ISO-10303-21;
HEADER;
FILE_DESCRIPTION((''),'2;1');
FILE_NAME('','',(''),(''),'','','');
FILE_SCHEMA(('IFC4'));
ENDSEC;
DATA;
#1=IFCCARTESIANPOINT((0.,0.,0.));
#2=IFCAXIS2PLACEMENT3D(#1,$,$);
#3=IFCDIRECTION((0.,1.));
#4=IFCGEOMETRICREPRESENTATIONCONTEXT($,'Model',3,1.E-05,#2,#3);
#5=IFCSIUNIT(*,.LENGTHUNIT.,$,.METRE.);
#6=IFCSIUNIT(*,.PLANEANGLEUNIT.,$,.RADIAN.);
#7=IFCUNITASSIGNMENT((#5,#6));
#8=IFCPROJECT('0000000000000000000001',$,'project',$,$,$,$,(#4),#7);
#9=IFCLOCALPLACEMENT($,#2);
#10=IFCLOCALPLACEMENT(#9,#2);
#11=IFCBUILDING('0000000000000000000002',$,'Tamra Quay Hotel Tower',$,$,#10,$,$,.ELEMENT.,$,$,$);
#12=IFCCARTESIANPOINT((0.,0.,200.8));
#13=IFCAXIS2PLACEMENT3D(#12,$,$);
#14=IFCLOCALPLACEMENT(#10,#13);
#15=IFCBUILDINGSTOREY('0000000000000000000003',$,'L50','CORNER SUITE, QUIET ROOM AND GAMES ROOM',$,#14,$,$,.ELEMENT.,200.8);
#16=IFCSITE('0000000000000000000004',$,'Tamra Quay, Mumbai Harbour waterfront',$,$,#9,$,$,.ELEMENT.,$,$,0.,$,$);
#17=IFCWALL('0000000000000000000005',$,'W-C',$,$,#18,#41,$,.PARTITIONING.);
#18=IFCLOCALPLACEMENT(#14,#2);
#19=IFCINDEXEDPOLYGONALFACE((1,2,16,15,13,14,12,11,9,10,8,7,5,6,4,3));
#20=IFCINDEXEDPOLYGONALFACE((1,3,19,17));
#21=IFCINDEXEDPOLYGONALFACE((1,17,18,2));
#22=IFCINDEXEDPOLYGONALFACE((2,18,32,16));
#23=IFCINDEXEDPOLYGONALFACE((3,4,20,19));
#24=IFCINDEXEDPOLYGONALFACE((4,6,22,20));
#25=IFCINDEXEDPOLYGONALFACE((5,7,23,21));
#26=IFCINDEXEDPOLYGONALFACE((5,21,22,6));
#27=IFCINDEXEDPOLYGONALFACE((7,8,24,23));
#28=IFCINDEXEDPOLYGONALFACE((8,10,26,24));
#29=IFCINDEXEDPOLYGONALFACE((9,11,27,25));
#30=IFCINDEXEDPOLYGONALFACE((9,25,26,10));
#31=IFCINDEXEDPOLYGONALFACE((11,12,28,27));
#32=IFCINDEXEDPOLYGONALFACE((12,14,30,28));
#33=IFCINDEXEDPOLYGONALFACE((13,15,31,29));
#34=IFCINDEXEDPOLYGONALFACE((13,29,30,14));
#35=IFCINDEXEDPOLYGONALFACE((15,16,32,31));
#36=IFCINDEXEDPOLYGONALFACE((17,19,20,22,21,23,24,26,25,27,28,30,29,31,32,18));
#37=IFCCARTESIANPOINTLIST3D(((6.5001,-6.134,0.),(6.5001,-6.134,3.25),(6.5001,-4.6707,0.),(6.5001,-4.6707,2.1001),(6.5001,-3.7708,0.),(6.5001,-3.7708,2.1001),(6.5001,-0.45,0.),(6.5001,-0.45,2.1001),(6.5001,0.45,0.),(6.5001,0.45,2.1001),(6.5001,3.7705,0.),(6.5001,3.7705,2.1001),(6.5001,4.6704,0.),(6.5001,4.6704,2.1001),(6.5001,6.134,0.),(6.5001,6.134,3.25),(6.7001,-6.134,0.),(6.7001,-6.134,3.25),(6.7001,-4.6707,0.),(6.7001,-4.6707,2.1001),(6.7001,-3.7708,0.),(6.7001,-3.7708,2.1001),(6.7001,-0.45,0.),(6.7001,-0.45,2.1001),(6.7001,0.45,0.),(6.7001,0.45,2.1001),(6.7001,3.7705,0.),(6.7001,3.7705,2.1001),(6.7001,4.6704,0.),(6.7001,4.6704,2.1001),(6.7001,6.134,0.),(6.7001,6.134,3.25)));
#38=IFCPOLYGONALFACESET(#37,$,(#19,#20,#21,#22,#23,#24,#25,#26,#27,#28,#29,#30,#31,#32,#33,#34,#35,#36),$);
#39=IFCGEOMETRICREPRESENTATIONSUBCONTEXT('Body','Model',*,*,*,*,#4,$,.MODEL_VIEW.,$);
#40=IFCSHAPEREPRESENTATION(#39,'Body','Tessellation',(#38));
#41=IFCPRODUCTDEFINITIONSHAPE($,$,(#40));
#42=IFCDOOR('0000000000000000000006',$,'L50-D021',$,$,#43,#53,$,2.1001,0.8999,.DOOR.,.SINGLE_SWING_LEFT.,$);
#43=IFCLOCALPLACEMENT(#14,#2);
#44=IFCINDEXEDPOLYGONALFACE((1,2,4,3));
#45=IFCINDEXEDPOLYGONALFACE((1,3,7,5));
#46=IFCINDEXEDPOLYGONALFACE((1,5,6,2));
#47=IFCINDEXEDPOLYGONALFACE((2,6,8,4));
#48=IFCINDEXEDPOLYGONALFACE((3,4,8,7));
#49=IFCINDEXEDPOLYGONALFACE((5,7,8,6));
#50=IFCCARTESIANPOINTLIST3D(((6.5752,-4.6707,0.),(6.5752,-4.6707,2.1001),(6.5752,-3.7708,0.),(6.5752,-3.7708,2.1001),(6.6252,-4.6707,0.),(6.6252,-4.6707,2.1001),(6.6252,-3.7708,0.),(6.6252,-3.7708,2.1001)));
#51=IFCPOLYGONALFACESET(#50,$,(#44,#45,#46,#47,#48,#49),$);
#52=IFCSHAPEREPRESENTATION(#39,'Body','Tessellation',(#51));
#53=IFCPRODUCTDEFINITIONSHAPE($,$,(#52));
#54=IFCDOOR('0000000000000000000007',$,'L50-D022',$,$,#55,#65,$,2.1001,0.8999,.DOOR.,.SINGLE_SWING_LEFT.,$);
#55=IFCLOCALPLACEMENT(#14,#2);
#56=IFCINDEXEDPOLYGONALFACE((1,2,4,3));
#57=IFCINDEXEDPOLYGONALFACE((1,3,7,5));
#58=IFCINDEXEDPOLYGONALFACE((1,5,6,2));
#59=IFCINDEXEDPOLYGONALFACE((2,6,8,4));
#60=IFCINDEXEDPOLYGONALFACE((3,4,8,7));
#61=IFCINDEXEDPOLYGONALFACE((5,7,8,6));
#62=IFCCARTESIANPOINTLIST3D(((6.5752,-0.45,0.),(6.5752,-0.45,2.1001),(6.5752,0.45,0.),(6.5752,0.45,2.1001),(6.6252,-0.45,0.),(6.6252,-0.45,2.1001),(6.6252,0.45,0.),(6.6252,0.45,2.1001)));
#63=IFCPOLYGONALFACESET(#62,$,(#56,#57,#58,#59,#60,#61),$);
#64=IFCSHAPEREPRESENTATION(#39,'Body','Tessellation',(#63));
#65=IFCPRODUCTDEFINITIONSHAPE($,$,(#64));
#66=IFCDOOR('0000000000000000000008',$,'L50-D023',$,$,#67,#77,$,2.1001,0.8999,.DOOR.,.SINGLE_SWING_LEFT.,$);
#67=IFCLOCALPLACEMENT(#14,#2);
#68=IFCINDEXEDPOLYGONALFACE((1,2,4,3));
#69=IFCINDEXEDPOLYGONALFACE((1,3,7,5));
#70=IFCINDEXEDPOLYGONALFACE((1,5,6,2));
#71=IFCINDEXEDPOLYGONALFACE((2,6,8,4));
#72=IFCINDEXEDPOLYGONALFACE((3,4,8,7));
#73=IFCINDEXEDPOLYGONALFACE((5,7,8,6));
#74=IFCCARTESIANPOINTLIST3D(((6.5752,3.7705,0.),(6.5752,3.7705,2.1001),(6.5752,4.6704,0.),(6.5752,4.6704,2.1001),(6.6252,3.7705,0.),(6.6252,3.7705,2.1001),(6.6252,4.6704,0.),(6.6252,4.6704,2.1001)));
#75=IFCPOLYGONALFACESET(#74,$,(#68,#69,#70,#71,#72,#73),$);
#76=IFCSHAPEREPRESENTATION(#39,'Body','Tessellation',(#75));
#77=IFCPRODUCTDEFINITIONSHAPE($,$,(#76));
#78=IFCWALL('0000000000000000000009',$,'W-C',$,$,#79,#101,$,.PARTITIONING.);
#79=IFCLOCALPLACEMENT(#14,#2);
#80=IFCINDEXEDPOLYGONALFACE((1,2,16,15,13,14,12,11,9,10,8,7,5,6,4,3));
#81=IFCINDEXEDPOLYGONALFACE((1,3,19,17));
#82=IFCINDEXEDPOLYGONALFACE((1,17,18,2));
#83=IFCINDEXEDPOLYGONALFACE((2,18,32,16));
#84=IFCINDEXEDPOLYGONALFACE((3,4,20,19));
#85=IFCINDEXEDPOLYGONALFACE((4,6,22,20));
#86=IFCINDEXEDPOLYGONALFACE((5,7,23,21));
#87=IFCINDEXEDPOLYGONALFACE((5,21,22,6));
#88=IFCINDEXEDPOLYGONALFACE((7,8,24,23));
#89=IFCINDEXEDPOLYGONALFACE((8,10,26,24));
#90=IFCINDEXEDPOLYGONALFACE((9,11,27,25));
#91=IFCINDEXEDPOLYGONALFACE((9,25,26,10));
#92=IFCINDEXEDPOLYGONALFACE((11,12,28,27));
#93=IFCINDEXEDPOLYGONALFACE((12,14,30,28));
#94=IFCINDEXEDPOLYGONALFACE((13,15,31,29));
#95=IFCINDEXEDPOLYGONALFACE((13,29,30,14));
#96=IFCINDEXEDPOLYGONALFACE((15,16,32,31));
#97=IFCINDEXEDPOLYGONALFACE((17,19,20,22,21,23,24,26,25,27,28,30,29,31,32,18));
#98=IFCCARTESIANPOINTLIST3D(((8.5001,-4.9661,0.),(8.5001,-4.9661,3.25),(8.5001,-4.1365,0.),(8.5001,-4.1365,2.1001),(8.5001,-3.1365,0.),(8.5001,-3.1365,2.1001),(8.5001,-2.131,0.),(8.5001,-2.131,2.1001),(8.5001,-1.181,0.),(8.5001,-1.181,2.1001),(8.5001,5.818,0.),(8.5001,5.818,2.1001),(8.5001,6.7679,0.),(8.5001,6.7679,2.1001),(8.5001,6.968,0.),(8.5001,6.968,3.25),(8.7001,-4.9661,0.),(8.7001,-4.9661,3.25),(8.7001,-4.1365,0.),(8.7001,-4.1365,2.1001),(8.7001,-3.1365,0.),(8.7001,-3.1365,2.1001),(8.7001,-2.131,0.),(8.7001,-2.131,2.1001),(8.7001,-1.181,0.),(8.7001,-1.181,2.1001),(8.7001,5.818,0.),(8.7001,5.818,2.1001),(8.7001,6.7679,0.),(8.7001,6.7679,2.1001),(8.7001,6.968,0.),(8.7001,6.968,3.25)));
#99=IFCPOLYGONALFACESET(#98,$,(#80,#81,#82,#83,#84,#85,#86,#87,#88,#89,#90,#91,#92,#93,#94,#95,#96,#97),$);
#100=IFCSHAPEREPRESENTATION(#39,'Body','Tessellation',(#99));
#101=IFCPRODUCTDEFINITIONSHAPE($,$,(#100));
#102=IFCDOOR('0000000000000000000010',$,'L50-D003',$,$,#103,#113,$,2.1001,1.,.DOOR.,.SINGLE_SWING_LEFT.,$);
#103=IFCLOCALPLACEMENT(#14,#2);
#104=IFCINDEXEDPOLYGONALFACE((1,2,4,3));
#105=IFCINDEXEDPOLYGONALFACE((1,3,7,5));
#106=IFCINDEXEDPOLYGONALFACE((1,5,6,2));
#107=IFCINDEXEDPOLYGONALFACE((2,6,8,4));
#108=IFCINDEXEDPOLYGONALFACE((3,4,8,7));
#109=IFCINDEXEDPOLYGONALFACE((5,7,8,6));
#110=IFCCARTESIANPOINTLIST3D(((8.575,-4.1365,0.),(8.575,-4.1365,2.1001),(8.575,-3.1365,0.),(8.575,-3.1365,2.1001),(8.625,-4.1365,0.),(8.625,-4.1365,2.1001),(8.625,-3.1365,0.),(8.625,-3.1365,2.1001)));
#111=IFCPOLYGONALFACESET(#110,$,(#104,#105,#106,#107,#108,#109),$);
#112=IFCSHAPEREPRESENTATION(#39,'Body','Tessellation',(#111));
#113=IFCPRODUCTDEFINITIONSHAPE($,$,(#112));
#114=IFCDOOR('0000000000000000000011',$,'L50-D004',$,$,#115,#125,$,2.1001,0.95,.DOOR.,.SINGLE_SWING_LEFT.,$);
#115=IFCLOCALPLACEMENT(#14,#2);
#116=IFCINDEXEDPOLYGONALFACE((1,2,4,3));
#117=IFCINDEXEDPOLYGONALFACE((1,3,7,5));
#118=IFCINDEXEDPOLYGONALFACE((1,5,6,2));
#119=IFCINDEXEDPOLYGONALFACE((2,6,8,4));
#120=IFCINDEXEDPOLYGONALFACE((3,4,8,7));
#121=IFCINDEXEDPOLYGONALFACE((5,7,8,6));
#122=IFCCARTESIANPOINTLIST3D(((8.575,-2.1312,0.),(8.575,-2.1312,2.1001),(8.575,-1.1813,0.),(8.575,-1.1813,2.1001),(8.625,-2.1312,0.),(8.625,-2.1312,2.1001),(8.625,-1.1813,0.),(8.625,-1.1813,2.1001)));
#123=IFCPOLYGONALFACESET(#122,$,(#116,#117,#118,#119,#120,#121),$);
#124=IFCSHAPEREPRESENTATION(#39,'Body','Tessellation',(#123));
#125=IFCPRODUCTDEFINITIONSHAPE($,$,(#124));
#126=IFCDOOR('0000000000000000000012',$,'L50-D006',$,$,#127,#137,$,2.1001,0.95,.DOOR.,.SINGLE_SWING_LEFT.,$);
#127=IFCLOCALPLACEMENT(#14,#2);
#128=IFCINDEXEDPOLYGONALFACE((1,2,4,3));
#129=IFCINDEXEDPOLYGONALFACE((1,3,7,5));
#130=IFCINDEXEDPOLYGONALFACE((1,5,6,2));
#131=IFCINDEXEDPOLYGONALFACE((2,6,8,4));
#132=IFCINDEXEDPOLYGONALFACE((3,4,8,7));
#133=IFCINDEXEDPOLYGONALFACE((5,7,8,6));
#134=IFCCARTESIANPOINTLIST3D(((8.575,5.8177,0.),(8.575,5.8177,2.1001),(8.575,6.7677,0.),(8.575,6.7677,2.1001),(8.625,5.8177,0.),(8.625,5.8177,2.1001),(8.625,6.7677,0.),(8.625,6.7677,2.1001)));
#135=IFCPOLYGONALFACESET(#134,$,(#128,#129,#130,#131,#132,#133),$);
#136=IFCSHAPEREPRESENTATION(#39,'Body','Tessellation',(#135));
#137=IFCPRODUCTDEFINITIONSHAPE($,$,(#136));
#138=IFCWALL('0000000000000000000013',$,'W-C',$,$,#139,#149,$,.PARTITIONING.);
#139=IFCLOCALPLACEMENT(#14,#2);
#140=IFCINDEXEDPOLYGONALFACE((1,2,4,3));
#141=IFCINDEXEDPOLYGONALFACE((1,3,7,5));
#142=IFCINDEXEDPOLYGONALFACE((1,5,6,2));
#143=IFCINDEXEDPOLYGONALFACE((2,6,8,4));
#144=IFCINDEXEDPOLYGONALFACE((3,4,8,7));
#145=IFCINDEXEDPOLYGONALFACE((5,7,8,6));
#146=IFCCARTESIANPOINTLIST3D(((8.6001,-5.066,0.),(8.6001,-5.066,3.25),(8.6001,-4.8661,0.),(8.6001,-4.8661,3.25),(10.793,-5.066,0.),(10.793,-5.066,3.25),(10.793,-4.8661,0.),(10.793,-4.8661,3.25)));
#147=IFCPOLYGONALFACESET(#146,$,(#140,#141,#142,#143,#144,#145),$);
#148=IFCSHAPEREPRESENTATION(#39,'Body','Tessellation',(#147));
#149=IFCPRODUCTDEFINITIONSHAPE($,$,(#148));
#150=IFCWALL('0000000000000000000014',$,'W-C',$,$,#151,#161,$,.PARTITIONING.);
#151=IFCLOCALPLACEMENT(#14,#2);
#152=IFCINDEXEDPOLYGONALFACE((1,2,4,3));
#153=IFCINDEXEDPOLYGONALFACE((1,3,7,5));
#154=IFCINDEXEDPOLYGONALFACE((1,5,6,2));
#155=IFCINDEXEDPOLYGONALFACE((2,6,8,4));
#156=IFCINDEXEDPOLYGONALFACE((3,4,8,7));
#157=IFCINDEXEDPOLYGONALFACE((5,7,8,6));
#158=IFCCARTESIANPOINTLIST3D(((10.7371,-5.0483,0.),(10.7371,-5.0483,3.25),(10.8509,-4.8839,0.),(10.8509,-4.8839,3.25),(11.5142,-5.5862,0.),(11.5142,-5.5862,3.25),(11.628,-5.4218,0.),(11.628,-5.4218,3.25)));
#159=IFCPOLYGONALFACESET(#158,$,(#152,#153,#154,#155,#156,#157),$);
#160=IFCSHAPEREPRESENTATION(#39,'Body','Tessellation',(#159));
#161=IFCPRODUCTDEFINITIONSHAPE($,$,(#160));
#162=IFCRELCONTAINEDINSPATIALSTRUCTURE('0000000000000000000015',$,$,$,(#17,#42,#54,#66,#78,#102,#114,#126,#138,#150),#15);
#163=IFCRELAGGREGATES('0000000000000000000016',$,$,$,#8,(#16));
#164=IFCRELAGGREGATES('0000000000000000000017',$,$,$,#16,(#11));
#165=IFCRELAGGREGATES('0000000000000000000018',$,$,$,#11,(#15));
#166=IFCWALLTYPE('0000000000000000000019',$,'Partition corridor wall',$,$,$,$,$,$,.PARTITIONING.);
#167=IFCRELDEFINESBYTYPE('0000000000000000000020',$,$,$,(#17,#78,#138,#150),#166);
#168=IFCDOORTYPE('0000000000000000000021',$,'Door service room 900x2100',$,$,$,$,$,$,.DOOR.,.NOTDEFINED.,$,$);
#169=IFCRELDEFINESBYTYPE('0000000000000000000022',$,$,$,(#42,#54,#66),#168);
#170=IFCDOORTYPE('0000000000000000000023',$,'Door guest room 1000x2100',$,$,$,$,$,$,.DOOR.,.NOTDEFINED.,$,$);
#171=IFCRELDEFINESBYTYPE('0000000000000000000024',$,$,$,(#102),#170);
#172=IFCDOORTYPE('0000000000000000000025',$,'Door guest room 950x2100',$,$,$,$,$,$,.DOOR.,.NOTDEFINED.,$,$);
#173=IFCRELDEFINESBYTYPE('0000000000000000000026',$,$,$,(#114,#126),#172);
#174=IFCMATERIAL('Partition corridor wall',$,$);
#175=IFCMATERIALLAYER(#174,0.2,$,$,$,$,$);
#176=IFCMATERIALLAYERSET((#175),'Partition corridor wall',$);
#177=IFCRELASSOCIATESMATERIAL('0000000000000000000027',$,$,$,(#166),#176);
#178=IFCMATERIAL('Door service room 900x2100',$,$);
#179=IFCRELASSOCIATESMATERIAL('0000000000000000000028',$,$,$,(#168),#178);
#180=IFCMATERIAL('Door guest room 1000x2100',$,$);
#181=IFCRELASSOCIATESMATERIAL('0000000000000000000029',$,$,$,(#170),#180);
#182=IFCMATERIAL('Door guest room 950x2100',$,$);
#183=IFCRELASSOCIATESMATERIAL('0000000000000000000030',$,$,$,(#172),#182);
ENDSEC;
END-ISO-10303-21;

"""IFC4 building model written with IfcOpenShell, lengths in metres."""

from ifc_helpers import new_model, si_unit, direction, frame, frame_2d, origin, place, context, subcontext, project, spatial, rectangle, extrude, material, layer, layer_set, type_object, element, fill, save


model = new_model("IFC4")

# Units and contexts
model_context = context("Model", 3, precision=1e-05, world=origin(), true_north=direction((0.0, 1.0)))
body_context = subcontext(model_context, "Body", "Model", "MODEL_VIEW")
ifc_project = project(units=[si_unit("LENGTHUNIT", "METRE"), si_unit("PLANEANGLEUNIT", "RADIAN")], contexts=[model_context])

# Site, building, storey
site_placement = place(None, origin())
site = spatial("IfcSite", under=ifc_project, at=site_placement, Name="Tamra Quay, Mumbai Harbour waterfront", CompositionType="ELEMENT", RefElevation=0.0)
building_placement = place(site_placement, origin())
building = spatial("IfcBuilding", under=site, at=building_placement, Name="Tamra Quay Hotel Tower", CompositionType="ELEMENT")
storey_placement = place(building_placement, frame((0.0, 0.0, 200.8)))
storey = spatial("IfcBuildingStorey", under=building, at=storey_placement, Name="L50", Description="CORNER SUITE, QUIET ROOM AND GAMES ROOM", CompositionType="ELEMENT", Elevation=200.8)

# Shared definitions
ifc_material_1 = material(Name="Partition corridor wall")
ifc_layer_1 = layer(ifc_material_1, 0.2)
ifc_layer_set_1 = layer_set([ifc_layer_1], Name="Partition corridor wall")
wall_type_1 = type_object("IfcWallType", Name="Partition corridor wall", PredefinedType="PARTITIONING", material=ifc_layer_set_1)

# Walls, openings, doors
wall_1_placement = place(storey_placement, frame((6.6001, -6.134, 0.0), z_axis=(0.0, 0.0, 1.0), x_axis=(0.0, 1.0, 0.0)))
wall_1 = element("IfcWall", 1, at=wall_1_placement, inside=storey, type_object=wall_type_1, Name="W-C", PredefinedType="PARTITIONING", context=body_context, shape_type="SweptSolid", body=[
    extrude(rectangle(XDim=12.2681, YDim=0.2, at=frame_2d((6.134, 0.0))), origin(), (0.0, 0.0, 1.0), 3.25),
])
opening_1_placement = place(wall_1_placement, frame((1.4634, 0.0, 0.0)))
opening_1 = element("IfcOpeningElement", 2, at=opening_1_placement, cuts=wall_1, PredefinedType="OPENING", context=body_context, shape_type="SweptSolid", body=[
    extrude(rectangle(XDim=0.8999, YDim=2.1001, at=frame_2d((0.45, 1.05))), frame((0.0, 0.1099, 0.0), z_axis=(0.0, -1.0, 0.0), x_axis=(1.0, 0.0, 0.0)), (0.0, 0.0, 1.0), 0.22),
])
opening_2_placement = place(wall_1_placement, frame((5.6841, 0.0, 0.0)))
opening_2 = element("IfcOpeningElement", 3, at=opening_2_placement, cuts=wall_1, PredefinedType="OPENING", context=body_context, shape_type="SweptSolid", body=[
    extrude(rectangle(XDim=0.8999, YDim=2.1001, at=frame_2d((0.45, 1.05))), frame((0.0, 0.1099, 0.0), z_axis=(0.0, -1.0, 0.0), x_axis=(1.0, 0.0, 0.0)), (0.0, 0.0, 1.0), 0.22),
])
opening_3_placement = place(wall_1_placement, frame((9.9045, 0.0, 0.0)))
opening_3 = element("IfcOpeningElement", 4, at=opening_3_placement, cuts=wall_1, PredefinedType="OPENING", context=body_context, shape_type="SweptSolid", body=[
    extrude(rectangle(XDim=0.8999, YDim=2.1001, at=frame_2d((0.45, 1.05))), frame((0.0, 0.1099, 0.0), z_axis=(0.0, -1.0, 0.0), x_axis=(1.0, 0.0, 0.0)), (0.0, 0.0, 1.0), 0.22),
])
ifc_material_2 = material(Name="Door service room 900x2100")
door_type_1 = type_object("IfcDoorType", Name="Door service room 900x2100", OperationType="NOTDEFINED", PredefinedType="DOOR", material=ifc_material_2)
door_1_placement = place(opening_1_placement, origin())
door_1 = element("IfcDoor", 5, at=door_1_placement, inside=storey, type_object=door_type_1, Name="L50-D021", OperationType="SINGLE_SWING_LEFT", OverallHeight=2.1001, OverallWidth=0.8999, PredefinedType="DOOR", context=body_context, shape_type="SweptSolid", body=[
    extrude(rectangle(XDim=0.8999, YDim=2.1001, at=frame_2d((0.45, 1.05))), frame((0.0, 0.0249, 0.0), z_axis=(0.0, -1.0, 0.0), x_axis=(1.0, 0.0, 0.0)), (0.0, 0.0, 1.0), 0.05),
])
fill(opening_1, door_1)
door_2_placement = place(opening_2_placement, origin())
door_2 = element("IfcDoor", 6, at=door_2_placement, inside=storey, type_object=door_type_1, Name="L50-D022", OperationType="SINGLE_SWING_LEFT", OverallHeight=2.1001, OverallWidth=0.8999, PredefinedType="DOOR", context=body_context, shape_type="SweptSolid", body=[
    extrude(rectangle(XDim=0.8999, YDim=2.1001, at=frame_2d((0.45, 1.05))), frame((0.0, 0.0249, 0.0), z_axis=(0.0, -1.0, 0.0), x_axis=(1.0, 0.0, 0.0)), (0.0, 0.0, 1.0), 0.05),
])
fill(opening_2, door_2)
door_3_placement = place(opening_3_placement, origin())
door_3 = element("IfcDoor", 7, at=door_3_placement, inside=storey, type_object=door_type_1, Name="L50-D023", OperationType="SINGLE_SWING_LEFT", OverallHeight=2.1001, OverallWidth=0.8999, PredefinedType="DOOR", context=body_context, shape_type="SweptSolid", body=[
    extrude(rectangle(XDim=0.8999, YDim=2.1001, at=frame_2d((0.45, 1.05))), frame((0.0, 0.0249, 0.0), z_axis=(0.0, -1.0, 0.0), x_axis=(1.0, 0.0, 0.0)), (0.0, 0.0, 1.0), 0.05),
])
fill(opening_3, door_3)
wall_2_placement = place(storey_placement, frame((8.6001, -4.9661, 0.0), z_axis=(0.0, 0.0, 1.0), x_axis=(0.0, 1.0, 0.0)))
wall_2 = element("IfcWall", 8, at=wall_2_placement, inside=storey, type_object=wall_type_1, Name="W-C", PredefinedType="PARTITIONING", context=body_context, shape_type="SweptSolid", body=[
    extrude(rectangle(XDim=11.9341, YDim=0.2, at=frame_2d((5.967, 0.0))), origin(), (0.0, 0.0, 1.0), 3.25),
])
opening_4_placement = place(wall_2_placement, frame((0.8296, 0.0, 0.0)))
opening_4 = element("IfcOpeningElement", 9, at=opening_4_placement, cuts=wall_2, PredefinedType="OPENING", context=body_context, shape_type="SweptSolid", body=[
    extrude(rectangle(XDim=1.0, YDim=2.1001, at=frame_2d((0.5, 1.05))), frame((0.0, 0.1099, 0.0), z_axis=(0.0, -1.0, 0.0), x_axis=(1.0, 0.0, 0.0)), (0.0, 0.0, 1.0), 0.22),
])
opening_5_placement = place(wall_2_placement, frame((2.835, 0.0, 0.0)))
opening_5 = element("IfcOpeningElement", 10, at=opening_5_placement, cuts=wall_2, PredefinedType="OPENING", context=body_context, shape_type="SweptSolid", body=[
    extrude(rectangle(XDim=0.95, YDim=2.1001, at=frame_2d((0.4751, 1.05))), frame((0.0, 0.1099, 0.0), z_axis=(0.0, -1.0, 0.0), x_axis=(1.0, 0.0, 0.0)), (0.0, 0.0, 1.0), 0.22),
])
opening_6_placement = place(wall_2_placement, frame((10.7839, 0.0, 0.0)))
opening_6 = element("IfcOpeningElement", 11, at=opening_6_placement, cuts=wall_2, PredefinedType="OPENING", context=body_context, shape_type="SweptSolid", body=[
    extrude(rectangle(XDim=0.95, YDim=2.1001, at=frame_2d((0.4751, 1.05))), frame((0.0, 0.1099, 0.0), z_axis=(0.0, -1.0, 0.0), x_axis=(1.0, 0.0, 0.0)), (0.0, 0.0, 1.0), 0.22),
])
ifc_material_3 = material(Name="Door guest room 1000x2100")
door_type_2 = type_object("IfcDoorType", Name="Door guest room 1000x2100", OperationType="NOTDEFINED", PredefinedType="DOOR", material=ifc_material_3)
door_4_placement = place(opening_4_placement, frame((1.0, 0.0, 0.0), z_axis=(0.0, 0.0, 1.0), x_axis=(-1.0, 0.0, 0.0)))
door_4 = element("IfcDoor", 12, at=door_4_placement, inside=storey, type_object=door_type_2, Name="L50-D003", OperationType="SINGLE_SWING_LEFT", OverallHeight=2.1001, OverallWidth=1.0, PredefinedType="DOOR", context=body_context, shape_type="SweptSolid", body=[
    extrude(rectangle(XDim=1.0, YDim=2.1001, at=frame_2d((0.5, 1.05))), frame((0.0, 0.0249, 0.0), z_axis=(0.0, -1.0, 0.0), x_axis=(1.0, 0.0, 0.0)), (0.0, 0.0, 1.0), 0.05),
])
fill(opening_4, door_4)
ifc_material_4 = material(Name="Door guest room 950x2100")
door_type_3 = type_object("IfcDoorType", Name="Door guest room 950x2100", OperationType="NOTDEFINED", PredefinedType="DOOR", material=ifc_material_4)
door_5_placement = place(opening_5_placement, frame((0.95, 0.0, 0.0), z_axis=(0.0, 0.0, 1.0), x_axis=(-1.0, 0.0, 0.0)))
door_5 = element("IfcDoor", 13, at=door_5_placement, inside=storey, type_object=door_type_3, Name="L50-D004", OperationType="SINGLE_SWING_LEFT", OverallHeight=2.1001, OverallWidth=0.95, PredefinedType="DOOR", context=body_context, shape_type="SweptSolid", body=[
    extrude(rectangle(XDim=0.95, YDim=2.1001, at=frame_2d((0.4751, 1.05))), frame((0.0, 0.0249, 0.0), z_axis=(0.0, -1.0, 0.0), x_axis=(1.0, 0.0, 0.0)), (0.0, 0.0, 1.0), 0.05),
])
fill(opening_5, door_5)
door_6_placement = place(opening_6_placement, frame((0.95, 0.0, 0.0), z_axis=(0.0, 0.0, 1.0), x_axis=(-1.0, 0.0, 0.0)))
door_6 = element("IfcDoor", 14, at=door_6_placement, inside=storey, type_object=door_type_3, Name="L50-D006", OperationType="SINGLE_SWING_LEFT", OverallHeight=2.1001, OverallWidth=0.95, PredefinedType="DOOR", context=body_context, shape_type="SweptSolid", body=[
    extrude(rectangle(XDim=0.95, YDim=2.1001, at=frame_2d((0.4751, 1.05))), frame((0.0, 0.0249, 0.0), z_axis=(0.0, -1.0, 0.0), x_axis=(1.0, 0.0, 0.0)), (0.0, 0.0, 1.0), 0.05),
])
fill(opening_6, door_6)

# Walls
wall_3_placement = place(storey_placement, frame((8.6001, -4.9661, 0.0), z_axis=(0.0, 0.0, 1.0), x_axis=(1.0, 0.0, 0.0)))
element("IfcWall", 15, at=wall_3_placement, inside=storey, type_object=wall_type_1, Name="W-C", PredefinedType="PARTITIONING", context=body_context, shape_type="SweptSolid", body=[
    extrude(rectangle(XDim=2.1929, YDim=0.2, at=frame_2d((1.0964, 0.0))), origin(), (0.0, 0.0, 1.0), 3.25),
])
wall_4_placement = place(storey_placement, frame((10.7939, -4.9661, 0.0), z_axis=(0.0, 0.0, 1.0), x_axis=(0.822267, -0.569103, 0.0)))
element("IfcWall", 16, at=wall_4_placement, inside=storey, type_object=wall_type_1, Name="W-C", PredefinedType="PARTITIONING", context=body_context, shape_type="SweptSolid", body=[
    extrude(rectangle(XDim=0.9451, YDim=0.2, at=frame_2d((0.4727, 0.0))), origin(), (0.0, 0.0, 1.0), 3.25),
])

save(model, "model.ifc")
